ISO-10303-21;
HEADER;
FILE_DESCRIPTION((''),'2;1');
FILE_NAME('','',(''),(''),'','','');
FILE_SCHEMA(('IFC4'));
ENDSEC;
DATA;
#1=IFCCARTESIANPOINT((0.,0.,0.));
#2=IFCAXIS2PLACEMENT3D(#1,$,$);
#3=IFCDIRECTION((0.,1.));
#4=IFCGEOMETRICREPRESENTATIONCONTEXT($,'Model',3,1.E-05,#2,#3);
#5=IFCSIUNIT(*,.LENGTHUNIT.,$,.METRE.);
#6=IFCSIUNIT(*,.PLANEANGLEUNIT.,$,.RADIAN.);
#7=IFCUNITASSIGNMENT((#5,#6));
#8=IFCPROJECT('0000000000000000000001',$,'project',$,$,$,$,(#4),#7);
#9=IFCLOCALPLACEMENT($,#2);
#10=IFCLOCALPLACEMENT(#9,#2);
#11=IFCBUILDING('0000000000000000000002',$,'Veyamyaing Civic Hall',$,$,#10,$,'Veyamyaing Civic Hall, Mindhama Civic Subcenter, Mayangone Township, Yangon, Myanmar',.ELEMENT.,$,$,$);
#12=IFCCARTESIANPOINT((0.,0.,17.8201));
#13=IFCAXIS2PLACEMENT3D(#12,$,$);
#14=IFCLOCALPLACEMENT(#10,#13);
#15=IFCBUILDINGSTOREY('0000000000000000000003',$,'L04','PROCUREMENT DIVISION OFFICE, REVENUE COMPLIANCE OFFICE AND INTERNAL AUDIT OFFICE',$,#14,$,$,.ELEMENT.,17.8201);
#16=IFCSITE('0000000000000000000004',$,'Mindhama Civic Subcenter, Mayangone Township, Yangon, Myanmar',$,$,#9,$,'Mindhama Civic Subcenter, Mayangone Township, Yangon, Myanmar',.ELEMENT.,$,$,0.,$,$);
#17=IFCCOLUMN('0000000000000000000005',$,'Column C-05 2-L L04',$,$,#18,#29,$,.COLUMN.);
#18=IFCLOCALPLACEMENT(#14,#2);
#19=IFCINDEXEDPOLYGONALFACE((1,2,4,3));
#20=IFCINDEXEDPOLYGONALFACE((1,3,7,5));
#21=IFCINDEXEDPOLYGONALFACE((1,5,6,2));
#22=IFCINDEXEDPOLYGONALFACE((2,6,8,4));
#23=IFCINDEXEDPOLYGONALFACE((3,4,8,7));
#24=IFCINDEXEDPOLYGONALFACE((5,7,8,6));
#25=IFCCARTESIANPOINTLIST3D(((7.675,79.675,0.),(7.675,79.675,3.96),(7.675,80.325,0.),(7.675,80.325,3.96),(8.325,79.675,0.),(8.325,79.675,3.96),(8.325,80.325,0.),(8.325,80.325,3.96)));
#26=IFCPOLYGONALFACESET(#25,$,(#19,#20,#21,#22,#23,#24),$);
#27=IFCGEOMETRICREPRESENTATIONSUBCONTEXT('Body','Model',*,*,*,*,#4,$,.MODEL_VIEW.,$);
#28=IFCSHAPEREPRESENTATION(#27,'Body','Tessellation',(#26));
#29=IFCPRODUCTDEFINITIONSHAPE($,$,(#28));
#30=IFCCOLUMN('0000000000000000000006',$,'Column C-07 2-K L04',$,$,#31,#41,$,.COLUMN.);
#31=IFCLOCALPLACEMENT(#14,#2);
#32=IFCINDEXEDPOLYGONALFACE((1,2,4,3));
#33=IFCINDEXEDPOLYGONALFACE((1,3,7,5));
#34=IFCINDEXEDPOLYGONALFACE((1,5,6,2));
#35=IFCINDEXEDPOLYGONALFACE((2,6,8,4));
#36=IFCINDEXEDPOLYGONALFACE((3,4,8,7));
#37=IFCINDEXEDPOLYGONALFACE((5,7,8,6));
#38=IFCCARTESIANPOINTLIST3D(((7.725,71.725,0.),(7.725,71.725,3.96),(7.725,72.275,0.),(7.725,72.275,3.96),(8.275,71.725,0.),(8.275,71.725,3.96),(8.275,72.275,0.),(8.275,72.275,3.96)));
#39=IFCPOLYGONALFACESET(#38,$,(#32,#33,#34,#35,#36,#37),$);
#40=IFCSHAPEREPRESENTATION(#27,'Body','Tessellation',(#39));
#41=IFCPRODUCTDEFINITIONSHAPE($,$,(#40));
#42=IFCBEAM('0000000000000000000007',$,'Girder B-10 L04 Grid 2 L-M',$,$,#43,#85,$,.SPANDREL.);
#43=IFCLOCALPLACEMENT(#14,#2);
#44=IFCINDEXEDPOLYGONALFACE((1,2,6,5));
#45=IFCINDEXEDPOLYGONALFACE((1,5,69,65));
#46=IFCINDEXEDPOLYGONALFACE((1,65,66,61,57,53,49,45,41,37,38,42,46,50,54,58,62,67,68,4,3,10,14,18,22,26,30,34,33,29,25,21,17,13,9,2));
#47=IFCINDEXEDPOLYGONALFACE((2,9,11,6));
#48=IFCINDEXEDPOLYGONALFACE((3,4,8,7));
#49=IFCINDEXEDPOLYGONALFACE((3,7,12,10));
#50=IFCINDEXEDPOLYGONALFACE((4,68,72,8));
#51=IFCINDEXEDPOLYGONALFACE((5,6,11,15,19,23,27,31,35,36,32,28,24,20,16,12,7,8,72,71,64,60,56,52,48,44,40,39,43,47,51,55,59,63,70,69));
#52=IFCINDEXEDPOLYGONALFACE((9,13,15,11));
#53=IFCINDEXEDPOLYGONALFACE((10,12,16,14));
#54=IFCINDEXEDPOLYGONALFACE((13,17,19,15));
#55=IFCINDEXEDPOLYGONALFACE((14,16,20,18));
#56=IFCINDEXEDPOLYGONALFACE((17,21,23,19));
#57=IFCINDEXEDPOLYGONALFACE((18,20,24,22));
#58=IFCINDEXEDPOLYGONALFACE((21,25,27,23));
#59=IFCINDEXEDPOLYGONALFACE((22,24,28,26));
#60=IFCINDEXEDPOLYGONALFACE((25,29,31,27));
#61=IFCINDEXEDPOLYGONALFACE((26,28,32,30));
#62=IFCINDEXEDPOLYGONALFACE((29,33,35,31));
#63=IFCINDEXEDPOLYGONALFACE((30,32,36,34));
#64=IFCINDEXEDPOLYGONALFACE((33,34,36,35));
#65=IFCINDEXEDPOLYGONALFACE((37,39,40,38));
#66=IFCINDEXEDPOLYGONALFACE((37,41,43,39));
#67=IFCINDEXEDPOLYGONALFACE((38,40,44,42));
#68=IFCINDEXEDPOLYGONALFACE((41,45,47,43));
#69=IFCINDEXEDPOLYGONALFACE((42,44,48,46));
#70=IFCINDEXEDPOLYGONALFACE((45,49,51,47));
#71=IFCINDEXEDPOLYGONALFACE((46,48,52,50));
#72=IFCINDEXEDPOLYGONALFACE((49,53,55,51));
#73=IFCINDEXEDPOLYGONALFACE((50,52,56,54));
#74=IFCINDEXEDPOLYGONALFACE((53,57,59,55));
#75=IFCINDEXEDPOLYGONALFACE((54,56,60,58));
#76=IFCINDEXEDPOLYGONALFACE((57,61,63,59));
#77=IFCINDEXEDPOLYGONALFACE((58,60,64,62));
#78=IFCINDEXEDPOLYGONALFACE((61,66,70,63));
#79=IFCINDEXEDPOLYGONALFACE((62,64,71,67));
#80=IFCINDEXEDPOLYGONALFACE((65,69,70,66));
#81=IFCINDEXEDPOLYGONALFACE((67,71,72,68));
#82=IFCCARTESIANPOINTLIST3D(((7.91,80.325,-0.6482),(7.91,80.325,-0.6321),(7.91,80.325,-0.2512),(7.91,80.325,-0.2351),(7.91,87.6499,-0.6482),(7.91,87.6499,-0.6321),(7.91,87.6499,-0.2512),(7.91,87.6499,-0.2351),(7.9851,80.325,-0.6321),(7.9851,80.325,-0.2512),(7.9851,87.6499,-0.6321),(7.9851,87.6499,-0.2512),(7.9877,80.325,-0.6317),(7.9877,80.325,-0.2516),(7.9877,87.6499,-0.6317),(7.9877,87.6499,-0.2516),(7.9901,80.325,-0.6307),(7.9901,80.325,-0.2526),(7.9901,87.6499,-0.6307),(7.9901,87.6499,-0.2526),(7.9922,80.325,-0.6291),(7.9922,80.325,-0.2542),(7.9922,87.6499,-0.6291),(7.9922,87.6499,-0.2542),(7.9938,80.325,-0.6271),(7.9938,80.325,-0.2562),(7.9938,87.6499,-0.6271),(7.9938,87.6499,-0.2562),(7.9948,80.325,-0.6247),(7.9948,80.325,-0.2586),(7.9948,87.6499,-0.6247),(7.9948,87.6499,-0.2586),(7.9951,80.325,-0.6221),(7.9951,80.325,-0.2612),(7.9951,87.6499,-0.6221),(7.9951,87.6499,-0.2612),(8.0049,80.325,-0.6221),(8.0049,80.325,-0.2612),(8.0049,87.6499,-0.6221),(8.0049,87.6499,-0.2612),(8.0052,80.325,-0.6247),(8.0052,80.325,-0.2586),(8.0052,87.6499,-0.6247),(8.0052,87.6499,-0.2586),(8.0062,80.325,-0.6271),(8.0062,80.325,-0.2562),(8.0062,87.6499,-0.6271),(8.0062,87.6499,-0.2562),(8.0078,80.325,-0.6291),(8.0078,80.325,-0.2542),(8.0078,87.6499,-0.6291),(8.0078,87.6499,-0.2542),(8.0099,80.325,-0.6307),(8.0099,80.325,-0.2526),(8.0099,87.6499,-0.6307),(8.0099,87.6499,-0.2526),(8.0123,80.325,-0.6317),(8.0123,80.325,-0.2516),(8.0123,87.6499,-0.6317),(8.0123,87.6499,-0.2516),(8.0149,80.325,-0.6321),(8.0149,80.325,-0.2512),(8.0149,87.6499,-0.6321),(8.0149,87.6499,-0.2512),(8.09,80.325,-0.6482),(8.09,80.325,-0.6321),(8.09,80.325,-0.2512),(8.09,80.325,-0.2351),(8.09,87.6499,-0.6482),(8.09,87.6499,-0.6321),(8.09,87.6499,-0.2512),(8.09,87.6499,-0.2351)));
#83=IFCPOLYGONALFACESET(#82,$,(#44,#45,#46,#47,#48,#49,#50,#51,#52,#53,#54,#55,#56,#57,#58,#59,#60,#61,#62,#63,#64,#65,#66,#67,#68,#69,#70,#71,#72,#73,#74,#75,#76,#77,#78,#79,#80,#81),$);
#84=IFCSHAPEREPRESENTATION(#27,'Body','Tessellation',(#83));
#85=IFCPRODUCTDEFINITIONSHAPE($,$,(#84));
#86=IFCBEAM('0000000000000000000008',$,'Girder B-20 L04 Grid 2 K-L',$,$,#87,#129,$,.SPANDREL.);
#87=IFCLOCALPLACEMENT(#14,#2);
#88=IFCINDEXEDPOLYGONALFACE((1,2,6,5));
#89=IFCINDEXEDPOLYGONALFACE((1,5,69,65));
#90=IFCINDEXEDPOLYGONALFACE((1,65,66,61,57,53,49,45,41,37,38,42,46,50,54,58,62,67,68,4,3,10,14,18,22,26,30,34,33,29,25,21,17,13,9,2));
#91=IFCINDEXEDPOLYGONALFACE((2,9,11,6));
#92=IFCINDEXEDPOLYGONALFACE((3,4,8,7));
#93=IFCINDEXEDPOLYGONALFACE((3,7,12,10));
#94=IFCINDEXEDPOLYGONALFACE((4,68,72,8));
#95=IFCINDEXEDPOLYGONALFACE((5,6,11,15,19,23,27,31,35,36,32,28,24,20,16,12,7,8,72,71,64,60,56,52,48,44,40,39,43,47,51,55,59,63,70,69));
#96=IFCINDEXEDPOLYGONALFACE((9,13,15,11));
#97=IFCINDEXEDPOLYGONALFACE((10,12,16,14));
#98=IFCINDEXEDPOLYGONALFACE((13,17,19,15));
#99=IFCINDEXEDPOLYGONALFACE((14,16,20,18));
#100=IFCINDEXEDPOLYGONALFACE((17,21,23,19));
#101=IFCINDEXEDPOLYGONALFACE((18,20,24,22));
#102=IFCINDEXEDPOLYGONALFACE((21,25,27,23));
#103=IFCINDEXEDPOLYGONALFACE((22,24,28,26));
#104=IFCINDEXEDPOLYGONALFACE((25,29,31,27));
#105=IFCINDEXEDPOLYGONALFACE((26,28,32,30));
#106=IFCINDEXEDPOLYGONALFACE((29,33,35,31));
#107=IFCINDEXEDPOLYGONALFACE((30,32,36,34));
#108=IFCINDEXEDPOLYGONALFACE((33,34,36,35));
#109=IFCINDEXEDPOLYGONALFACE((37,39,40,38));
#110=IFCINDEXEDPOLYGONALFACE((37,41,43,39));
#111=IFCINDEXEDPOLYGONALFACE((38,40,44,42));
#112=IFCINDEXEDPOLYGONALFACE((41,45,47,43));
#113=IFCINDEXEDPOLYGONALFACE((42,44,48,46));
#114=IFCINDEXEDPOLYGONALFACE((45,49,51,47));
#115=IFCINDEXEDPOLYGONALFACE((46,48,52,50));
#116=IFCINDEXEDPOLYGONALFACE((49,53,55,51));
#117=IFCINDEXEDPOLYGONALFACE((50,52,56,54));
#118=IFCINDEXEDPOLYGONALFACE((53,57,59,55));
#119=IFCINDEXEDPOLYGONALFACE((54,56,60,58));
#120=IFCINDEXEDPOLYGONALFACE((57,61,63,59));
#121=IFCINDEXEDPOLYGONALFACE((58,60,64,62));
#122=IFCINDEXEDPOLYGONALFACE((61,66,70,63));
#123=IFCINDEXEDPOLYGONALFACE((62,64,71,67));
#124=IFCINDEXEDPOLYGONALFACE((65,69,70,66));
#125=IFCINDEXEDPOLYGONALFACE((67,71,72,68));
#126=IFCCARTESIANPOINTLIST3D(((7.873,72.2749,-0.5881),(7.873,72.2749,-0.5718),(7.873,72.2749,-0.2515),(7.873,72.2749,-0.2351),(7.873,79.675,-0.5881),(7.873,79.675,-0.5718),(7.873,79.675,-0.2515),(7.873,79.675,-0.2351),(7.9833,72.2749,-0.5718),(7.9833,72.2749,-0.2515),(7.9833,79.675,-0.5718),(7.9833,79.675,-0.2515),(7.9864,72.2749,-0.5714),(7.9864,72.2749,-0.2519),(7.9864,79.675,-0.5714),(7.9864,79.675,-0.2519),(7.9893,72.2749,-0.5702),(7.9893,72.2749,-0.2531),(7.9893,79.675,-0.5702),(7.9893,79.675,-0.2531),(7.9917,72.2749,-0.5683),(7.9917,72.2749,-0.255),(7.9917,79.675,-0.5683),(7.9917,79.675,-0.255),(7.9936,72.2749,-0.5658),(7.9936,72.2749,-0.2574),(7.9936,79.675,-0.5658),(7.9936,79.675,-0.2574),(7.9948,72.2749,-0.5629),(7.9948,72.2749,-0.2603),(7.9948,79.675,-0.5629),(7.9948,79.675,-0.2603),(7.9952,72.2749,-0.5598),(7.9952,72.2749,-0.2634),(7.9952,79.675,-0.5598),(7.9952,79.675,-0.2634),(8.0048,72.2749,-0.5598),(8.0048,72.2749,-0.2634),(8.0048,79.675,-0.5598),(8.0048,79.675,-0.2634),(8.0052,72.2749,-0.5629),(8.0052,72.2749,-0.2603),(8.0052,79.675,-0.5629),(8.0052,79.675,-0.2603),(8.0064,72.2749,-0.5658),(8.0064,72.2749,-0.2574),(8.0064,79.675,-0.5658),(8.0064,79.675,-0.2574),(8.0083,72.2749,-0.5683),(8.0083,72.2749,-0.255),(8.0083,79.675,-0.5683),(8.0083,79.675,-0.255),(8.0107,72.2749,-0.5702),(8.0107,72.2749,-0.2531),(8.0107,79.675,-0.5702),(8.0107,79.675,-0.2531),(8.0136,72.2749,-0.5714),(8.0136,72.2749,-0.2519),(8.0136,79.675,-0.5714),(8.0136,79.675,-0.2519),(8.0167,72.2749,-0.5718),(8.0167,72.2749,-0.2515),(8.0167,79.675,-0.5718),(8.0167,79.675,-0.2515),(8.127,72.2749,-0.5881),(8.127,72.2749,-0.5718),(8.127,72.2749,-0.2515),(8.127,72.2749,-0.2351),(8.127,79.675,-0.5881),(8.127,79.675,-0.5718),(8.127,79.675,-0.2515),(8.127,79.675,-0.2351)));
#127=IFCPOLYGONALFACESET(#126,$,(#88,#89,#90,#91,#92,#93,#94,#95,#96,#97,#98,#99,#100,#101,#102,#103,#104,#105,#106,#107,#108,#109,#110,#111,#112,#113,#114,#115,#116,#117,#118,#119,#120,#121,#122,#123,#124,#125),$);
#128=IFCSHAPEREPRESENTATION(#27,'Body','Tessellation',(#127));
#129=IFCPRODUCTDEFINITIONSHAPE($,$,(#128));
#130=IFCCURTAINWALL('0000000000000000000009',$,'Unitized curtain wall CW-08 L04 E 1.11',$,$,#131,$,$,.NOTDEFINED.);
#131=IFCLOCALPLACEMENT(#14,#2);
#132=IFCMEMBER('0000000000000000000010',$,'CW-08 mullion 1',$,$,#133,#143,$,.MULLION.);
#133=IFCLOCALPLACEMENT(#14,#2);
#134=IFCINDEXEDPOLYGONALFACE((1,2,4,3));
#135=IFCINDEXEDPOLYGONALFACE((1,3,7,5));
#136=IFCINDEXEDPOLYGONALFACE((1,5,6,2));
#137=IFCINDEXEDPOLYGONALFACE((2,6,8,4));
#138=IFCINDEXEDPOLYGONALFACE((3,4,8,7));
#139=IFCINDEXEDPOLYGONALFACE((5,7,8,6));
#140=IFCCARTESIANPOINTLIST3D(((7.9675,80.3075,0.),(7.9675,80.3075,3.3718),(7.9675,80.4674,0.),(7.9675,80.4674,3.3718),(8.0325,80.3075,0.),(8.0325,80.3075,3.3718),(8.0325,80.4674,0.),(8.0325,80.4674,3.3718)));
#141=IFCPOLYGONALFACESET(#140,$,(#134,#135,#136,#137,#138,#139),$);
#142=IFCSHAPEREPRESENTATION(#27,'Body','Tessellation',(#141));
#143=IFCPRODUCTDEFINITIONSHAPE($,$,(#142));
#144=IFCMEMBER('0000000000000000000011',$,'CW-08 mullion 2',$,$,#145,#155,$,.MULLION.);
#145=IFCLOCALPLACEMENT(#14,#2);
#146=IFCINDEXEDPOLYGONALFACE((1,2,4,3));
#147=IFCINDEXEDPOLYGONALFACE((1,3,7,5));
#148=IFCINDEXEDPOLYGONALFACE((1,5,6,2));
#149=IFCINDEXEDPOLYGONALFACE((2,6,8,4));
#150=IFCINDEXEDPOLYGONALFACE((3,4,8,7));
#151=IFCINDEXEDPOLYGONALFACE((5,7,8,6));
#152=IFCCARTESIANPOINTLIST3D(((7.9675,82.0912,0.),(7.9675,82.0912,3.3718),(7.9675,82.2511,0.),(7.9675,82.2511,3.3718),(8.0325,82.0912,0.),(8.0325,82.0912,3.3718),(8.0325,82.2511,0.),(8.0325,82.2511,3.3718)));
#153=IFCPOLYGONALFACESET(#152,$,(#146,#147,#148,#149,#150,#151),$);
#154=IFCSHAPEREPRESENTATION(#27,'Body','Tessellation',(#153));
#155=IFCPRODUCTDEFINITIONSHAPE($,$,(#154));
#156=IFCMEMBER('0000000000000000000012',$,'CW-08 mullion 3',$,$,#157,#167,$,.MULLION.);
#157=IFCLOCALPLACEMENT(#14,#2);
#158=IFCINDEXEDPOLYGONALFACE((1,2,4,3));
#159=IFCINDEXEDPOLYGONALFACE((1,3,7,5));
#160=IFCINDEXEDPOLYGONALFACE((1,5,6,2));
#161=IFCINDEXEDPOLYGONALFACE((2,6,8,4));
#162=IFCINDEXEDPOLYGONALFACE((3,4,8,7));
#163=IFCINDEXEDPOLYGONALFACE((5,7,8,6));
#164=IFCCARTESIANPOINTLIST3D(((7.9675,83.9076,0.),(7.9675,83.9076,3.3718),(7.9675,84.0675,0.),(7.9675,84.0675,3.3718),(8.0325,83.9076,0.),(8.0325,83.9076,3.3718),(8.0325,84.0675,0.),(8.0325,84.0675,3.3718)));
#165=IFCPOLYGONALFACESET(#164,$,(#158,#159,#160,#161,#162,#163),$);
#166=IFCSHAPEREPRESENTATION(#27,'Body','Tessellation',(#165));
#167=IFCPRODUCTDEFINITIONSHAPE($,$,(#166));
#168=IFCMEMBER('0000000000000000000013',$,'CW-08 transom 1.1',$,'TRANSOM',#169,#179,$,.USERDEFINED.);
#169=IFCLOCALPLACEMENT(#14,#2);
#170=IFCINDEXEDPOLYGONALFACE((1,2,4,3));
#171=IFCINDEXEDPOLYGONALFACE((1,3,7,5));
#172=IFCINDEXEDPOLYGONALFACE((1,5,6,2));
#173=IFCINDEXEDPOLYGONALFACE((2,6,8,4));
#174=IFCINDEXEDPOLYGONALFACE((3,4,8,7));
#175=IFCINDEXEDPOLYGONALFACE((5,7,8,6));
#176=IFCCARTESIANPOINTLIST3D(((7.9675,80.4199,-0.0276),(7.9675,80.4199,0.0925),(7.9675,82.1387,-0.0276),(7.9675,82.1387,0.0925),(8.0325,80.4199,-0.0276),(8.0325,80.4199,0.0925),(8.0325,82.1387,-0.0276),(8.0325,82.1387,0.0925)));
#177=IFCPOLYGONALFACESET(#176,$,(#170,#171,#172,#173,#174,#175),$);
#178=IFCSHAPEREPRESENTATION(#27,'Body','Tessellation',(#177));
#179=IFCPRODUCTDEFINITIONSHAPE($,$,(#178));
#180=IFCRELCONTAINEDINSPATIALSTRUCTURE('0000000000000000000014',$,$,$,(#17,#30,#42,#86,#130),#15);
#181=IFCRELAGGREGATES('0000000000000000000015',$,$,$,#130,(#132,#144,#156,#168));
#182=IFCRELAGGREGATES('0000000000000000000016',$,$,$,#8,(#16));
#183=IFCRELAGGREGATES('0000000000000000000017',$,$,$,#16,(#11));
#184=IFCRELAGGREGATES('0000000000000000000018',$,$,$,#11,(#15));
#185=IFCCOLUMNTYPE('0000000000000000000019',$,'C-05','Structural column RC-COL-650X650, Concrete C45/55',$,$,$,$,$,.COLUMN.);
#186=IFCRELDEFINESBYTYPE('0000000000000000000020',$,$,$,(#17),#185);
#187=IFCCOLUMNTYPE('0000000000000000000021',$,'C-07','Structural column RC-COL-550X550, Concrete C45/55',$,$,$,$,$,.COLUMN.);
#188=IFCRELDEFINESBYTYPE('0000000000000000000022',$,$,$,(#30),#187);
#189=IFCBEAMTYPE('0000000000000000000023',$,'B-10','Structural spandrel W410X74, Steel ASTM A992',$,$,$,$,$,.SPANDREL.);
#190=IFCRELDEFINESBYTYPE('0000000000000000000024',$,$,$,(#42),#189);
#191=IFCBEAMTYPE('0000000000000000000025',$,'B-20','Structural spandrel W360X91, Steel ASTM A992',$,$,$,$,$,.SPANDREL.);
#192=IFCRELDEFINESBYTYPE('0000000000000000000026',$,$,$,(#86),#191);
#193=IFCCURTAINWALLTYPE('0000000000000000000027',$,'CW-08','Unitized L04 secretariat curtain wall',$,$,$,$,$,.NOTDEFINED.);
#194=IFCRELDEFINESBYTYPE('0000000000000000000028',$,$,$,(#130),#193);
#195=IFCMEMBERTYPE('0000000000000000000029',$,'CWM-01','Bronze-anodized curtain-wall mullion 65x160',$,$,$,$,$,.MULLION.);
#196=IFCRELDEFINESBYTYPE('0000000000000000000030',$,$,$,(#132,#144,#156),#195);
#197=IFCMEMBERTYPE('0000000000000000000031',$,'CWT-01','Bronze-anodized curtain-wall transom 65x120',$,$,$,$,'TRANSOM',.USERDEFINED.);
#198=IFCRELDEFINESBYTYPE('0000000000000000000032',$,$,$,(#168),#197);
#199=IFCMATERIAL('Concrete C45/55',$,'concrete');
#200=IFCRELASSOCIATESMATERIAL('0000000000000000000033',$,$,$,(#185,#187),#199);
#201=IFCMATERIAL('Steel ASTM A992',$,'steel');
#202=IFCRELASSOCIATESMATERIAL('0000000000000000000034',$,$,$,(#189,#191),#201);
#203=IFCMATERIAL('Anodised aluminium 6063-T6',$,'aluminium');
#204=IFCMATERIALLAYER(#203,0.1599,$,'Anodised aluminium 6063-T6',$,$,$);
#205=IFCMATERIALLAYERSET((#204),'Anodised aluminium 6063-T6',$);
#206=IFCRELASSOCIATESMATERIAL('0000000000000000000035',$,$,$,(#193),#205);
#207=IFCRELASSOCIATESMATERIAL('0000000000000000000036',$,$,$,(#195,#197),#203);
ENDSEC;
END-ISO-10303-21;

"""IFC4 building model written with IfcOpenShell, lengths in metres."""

from ifc_helpers import new_model, si_unit, direction, frame, origin, origin_2d, place, context, subcontext, project, spatial, rectangle, i_section, extrude, material, layer, layer_set, material_profile, profile_set, type_object, element, aggregate, save


model = new_model("IFC4")

# Units and contexts
model_context = context("Model", 3, precision=1e-05, world=origin(), true_north=direction((0.0, 1.0)))
body_context = subcontext(model_context, "Body", "Model", "MODEL_VIEW")
ifc_project = project(units=[si_unit("LENGTHUNIT", "METRE"), si_unit("PLANEANGLEUNIT", "RADIAN")], contexts=[model_context])

# Site, building, storey
site_placement = place(None, origin())
site = spatial("IfcSite", under=ifc_project, at=site_placement, Name="Mindhama Civic Subcenter, Mayangone Township, Yangon, Myanmar", LongName="Mindhama Civic Subcenter, Mayangone Township, Yangon, Myanmar", CompositionType="ELEMENT", RefElevation=0.0)
building_placement = place(site_placement, origin())
building = spatial("IfcBuilding", under=site, at=building_placement, Name="Veyamyaing Civic Hall", LongName="Veyamyaing Civic Hall, Mindhama Civic Subcenter, Mayangone Township, Yangon, Myanmar", CompositionType="ELEMENT")
storey_placement = place(building_placement, frame((0.0, 0.0, 17.8201)))
storey = spatial("IfcBuildingStorey", under=building, at=storey_placement, Name="L04", Description="PROCUREMENT DIVISION OFFICE, REVENUE COMPLIANCE OFFICE AND INTERNAL AUDIT OFFICE", CompositionType="ELEMENT", Elevation=17.8201)

# Columns
ifc_material_1 = material(Name="Concrete C45/55", Category="concrete")
ifc_material_profile_1 = material_profile(ifc_material_1, rectangle(XDim=0.6499, YDim=0.6499, at=origin_2d()), Name="RC-COL-650X650")
ifc_profile_set_1 = profile_set([ifc_material_profile_1], Name="Concrete C45/55")
column_type_1 = type_object("IfcColumnType", Name="C-05", Description="Structural column RC-COL-650X650, Concrete C45/55", PredefinedType="COLUMN", material=ifc_profile_set_1)
column_1_placement = place(storey_placement, frame((8.0, 80.0, 0.0), z_axis=(0.0, 0.0, 1.0), x_axis=(1.0, 0.0, 0.0)))
element("IfcColumn", 1, at=column_1_placement, inside=storey, type_object=column_type_1, Name="Column C-05 2-L L04", PredefinedType="COLUMN", context=body_context, shape_type="SweptSolid", body=[
    extrude(rectangle(XDim=0.6499, YDim=0.6499, at=origin_2d()), origin(), (0.0, 0.0, 1.0), 3.96),
])
ifc_material_profile_2 = material_profile(ifc_material_1, rectangle(XDim=0.55, YDim=0.55, at=origin_2d()), Name="RC-COL-550X550")
ifc_profile_set_2 = profile_set([ifc_material_profile_2], Name="Concrete C45/55")
column_type_2 = type_object("IfcColumnType", Name="C-07", Description="Structural column RC-COL-550X550, Concrete C45/55", PredefinedType="COLUMN", material=ifc_profile_set_2)
column_2_placement = place(storey_placement, frame((8.0, 72.0, 0.0), z_axis=(0.0, 0.0, 1.0), x_axis=(1.0, 0.0, 0.0)))
element("IfcColumn", 2, at=column_2_placement, inside=storey, type_object=column_type_2, Name="Column C-07 2-K L04", PredefinedType="COLUMN", context=body_context, shape_type="SweptSolid", body=[
    extrude(rectangle(XDim=0.55, YDim=0.55, at=origin_2d()), origin(), (0.0, 0.0, 1.0), 3.96),
])

# Beams
ifc_material_2 = material(Name="Steel ASTM A992", Category="steel")
ifc_material_profile_3 = material_profile(ifc_material_2, i_section(OverallWidth=0.1799, OverallDepth=0.4131, WebThickness=0.0098, FlangeThickness=0.0161, FilletRadius=0.01, at=origin_2d()), Name="W410X74")
ifc_profile_set_3 = profile_set([ifc_material_profile_3], Name="Steel ASTM A992")
beam_type_1 = type_object("IfcBeamType", Name="B-10", Description="Structural spandrel W410X74, Steel ASTM A992", PredefinedType="SPANDREL", material=ifc_profile_set_3)
beam_1_placement = place(storey_placement, frame((8.0, 80.325, -0.4417), z_axis=(0.0, 1.0, 0.0), x_axis=(-1.0, 0.0, 0.0)))
element("IfcBeam", 3, at=beam_1_placement, inside=storey, type_object=beam_type_1, Name="Girder B-10 L04 Grid 2 L-M", PredefinedType="SPANDREL", context=body_context, shape_type="SweptSolid", body=[
    extrude(i_section(OverallWidth=0.1799, OverallDepth=0.4131, WebThickness=0.0098, FlangeThickness=0.0161, FilletRadius=0.01, at=origin_2d()), origin(), (0.0, 0.0, 1.0), 7.325),
])
ifc_material_profile_4 = material_profile(ifc_material_2, i_section(OverallWidth=0.2539, OverallDepth=0.353, WebThickness=0.0095, FlangeThickness=0.0164, FilletRadius=0.012, at=origin_2d()), Name="W360X91")
ifc_profile_set_4 = profile_set([ifc_material_profile_4], Name="Steel ASTM A992")
beam_type_2 = type_object("IfcBeamType", Name="B-20", Description="Structural spandrel W360X91, Steel ASTM A992", PredefinedType="SPANDREL", material=ifc_profile_set_4)
beam_2_placement = place(storey_placement, frame((8.0, 72.2749, -0.4116), z_axis=(0.0, 1.0, 0.0), x_axis=(-1.0, 0.0, 0.0)))
element("IfcBeam", 4, at=beam_2_placement, inside=storey, type_object=beam_type_2, Name="Girder B-20 L04 Grid 2 K-L", PredefinedType="SPANDREL", context=body_context, shape_type="SweptSolid", body=[
    extrude(i_section(OverallWidth=0.2539, OverallDepth=0.353, WebThickness=0.0095, FlangeThickness=0.0164, FilletRadius=0.012, at=origin_2d()), origin(), (0.0, 0.0, 1.0), 7.4001),
])

# Curtain wall, members
ifc_material_3 = material(Name="Anodised aluminium 6063-T6", Category="aluminium")
ifc_layer_1 = layer(ifc_material_3, 0.1599, Name="Anodised aluminium 6063-T6")
ifc_layer_set_1 = layer_set([ifc_layer_1], Name="Anodised aluminium 6063-T6")
curtain_wall_type = type_object("IfcCurtainWallType", Name="CW-08", Description="Unitized L04 secretariat curtain wall", PredefinedType="NOTDEFINED", material=ifc_layer_set_1)
curtain_wall_placement = place(storey_placement, origin())
curtain_wall = element("IfcCurtainWall", 5, at=curtain_wall_placement, inside=storey, type_object=curtain_wall_type, Name="Unitized curtain wall CW-08 L04 E 1.11", PredefinedType="NOTDEFINED")
ifc_material_profile_5 = material_profile(ifc_material_3, rectangle(XDim=0.0649, YDim=0.1599, at=origin_2d()), Name="ALU-MUL-65X160")
ifc_profile_set_5 = profile_set([ifc_material_profile_5], Name="Anodised aluminium 6063-T6")
member_type_1 = type_object("IfcMemberType", Name="CWM-01", Description="Bronze-anodized curtain-wall mullion 65x160", PredefinedType="MULLION", material=ifc_profile_set_5)
member_1_placement = place(storey_placement, frame((8.0, 80.3875, 0.0), z_axis=(0.0, 0.0, 1.0), x_axis=(-1.0, 0.0, 0.0)))
member_1 = element("IfcMember", 6, at=member_1_placement, type_object=member_type_1, Name="CW-08 mullion 1", PredefinedType="MULLION", context=body_context, shape_type="SweptSolid", body=[
    extrude(rectangle(XDim=0.0649, YDim=0.1599, at=origin_2d()), origin(), (0.0, 0.0, 1.0), 3.3718),
])
member_2_placement = place(storey_placement, frame((8.0, 82.1711, 0.0), z_axis=(0.0, 0.0, 1.0), x_axis=(-1.0, 0.0, 0.0)))
member_2 = element("IfcMember", 7, at=member_2_placement, type_object=member_type_1, Name="CW-08 mullion 2", PredefinedType="MULLION", context=body_context, shape_type="SweptSolid", body=[
    extrude(rectangle(XDim=0.0649, YDim=0.1599, at=origin_2d()), origin(), (0.0, 0.0, 1.0), 3.3718),
])
member_3_placement = place(storey_placement, frame((8.0, 83.9875, 0.0), z_axis=(0.0, 0.0, 1.0), x_axis=(-1.0, 0.0, 0.0)))
member_3 = element("IfcMember", 8, at=member_3_placement, type_object=member_type_1, Name="CW-08 mullion 3", PredefinedType="MULLION", context=body_context, shape_type="SweptSolid", body=[
    extrude(rectangle(XDim=0.0649, YDim=0.1599, at=origin_2d()), origin(), (0.0, 0.0, 1.0), 3.3718),
])
ifc_material_profile_6 = material_profile(ifc_material_3, rectangle(XDim=0.0649, YDim=0.1201, at=origin_2d()), Name="ALU-TRN-65X120")
ifc_profile_set_6 = profile_set([ifc_material_profile_6], Name="Anodised aluminium 6063-T6")
member_type_2 = type_object("IfcMemberType", Name="CWT-01", Description="Bronze-anodized curtain-wall transom 65x120", ElementType="TRANSOM", PredefinedType="USERDEFINED", material=ifc_profile_set_6)
member_4_placement = place(storey_placement, frame((8.0, 80.4199, 0.0325), z_axis=(0.0, 1.0, 0.0), x_axis=(-1.0, 0.0, 0.0)))
member_4 = element("IfcMember", 9, at=member_4_placement, type_object=member_type_2, Name="CW-08 transom 1.1", ObjectType="TRANSOM", PredefinedType="USERDEFINED", context=body_context, shape_type="SweptSolid", body=[
    extrude(rectangle(XDim=0.0649, YDim=0.1201, at=origin_2d()), origin(), (0.0, 0.0, 1.0), 1.7188),
])
aggregate(curtain_wall, [member_1, member_2, member_3, member_4])

save(model, "model.ifc")
